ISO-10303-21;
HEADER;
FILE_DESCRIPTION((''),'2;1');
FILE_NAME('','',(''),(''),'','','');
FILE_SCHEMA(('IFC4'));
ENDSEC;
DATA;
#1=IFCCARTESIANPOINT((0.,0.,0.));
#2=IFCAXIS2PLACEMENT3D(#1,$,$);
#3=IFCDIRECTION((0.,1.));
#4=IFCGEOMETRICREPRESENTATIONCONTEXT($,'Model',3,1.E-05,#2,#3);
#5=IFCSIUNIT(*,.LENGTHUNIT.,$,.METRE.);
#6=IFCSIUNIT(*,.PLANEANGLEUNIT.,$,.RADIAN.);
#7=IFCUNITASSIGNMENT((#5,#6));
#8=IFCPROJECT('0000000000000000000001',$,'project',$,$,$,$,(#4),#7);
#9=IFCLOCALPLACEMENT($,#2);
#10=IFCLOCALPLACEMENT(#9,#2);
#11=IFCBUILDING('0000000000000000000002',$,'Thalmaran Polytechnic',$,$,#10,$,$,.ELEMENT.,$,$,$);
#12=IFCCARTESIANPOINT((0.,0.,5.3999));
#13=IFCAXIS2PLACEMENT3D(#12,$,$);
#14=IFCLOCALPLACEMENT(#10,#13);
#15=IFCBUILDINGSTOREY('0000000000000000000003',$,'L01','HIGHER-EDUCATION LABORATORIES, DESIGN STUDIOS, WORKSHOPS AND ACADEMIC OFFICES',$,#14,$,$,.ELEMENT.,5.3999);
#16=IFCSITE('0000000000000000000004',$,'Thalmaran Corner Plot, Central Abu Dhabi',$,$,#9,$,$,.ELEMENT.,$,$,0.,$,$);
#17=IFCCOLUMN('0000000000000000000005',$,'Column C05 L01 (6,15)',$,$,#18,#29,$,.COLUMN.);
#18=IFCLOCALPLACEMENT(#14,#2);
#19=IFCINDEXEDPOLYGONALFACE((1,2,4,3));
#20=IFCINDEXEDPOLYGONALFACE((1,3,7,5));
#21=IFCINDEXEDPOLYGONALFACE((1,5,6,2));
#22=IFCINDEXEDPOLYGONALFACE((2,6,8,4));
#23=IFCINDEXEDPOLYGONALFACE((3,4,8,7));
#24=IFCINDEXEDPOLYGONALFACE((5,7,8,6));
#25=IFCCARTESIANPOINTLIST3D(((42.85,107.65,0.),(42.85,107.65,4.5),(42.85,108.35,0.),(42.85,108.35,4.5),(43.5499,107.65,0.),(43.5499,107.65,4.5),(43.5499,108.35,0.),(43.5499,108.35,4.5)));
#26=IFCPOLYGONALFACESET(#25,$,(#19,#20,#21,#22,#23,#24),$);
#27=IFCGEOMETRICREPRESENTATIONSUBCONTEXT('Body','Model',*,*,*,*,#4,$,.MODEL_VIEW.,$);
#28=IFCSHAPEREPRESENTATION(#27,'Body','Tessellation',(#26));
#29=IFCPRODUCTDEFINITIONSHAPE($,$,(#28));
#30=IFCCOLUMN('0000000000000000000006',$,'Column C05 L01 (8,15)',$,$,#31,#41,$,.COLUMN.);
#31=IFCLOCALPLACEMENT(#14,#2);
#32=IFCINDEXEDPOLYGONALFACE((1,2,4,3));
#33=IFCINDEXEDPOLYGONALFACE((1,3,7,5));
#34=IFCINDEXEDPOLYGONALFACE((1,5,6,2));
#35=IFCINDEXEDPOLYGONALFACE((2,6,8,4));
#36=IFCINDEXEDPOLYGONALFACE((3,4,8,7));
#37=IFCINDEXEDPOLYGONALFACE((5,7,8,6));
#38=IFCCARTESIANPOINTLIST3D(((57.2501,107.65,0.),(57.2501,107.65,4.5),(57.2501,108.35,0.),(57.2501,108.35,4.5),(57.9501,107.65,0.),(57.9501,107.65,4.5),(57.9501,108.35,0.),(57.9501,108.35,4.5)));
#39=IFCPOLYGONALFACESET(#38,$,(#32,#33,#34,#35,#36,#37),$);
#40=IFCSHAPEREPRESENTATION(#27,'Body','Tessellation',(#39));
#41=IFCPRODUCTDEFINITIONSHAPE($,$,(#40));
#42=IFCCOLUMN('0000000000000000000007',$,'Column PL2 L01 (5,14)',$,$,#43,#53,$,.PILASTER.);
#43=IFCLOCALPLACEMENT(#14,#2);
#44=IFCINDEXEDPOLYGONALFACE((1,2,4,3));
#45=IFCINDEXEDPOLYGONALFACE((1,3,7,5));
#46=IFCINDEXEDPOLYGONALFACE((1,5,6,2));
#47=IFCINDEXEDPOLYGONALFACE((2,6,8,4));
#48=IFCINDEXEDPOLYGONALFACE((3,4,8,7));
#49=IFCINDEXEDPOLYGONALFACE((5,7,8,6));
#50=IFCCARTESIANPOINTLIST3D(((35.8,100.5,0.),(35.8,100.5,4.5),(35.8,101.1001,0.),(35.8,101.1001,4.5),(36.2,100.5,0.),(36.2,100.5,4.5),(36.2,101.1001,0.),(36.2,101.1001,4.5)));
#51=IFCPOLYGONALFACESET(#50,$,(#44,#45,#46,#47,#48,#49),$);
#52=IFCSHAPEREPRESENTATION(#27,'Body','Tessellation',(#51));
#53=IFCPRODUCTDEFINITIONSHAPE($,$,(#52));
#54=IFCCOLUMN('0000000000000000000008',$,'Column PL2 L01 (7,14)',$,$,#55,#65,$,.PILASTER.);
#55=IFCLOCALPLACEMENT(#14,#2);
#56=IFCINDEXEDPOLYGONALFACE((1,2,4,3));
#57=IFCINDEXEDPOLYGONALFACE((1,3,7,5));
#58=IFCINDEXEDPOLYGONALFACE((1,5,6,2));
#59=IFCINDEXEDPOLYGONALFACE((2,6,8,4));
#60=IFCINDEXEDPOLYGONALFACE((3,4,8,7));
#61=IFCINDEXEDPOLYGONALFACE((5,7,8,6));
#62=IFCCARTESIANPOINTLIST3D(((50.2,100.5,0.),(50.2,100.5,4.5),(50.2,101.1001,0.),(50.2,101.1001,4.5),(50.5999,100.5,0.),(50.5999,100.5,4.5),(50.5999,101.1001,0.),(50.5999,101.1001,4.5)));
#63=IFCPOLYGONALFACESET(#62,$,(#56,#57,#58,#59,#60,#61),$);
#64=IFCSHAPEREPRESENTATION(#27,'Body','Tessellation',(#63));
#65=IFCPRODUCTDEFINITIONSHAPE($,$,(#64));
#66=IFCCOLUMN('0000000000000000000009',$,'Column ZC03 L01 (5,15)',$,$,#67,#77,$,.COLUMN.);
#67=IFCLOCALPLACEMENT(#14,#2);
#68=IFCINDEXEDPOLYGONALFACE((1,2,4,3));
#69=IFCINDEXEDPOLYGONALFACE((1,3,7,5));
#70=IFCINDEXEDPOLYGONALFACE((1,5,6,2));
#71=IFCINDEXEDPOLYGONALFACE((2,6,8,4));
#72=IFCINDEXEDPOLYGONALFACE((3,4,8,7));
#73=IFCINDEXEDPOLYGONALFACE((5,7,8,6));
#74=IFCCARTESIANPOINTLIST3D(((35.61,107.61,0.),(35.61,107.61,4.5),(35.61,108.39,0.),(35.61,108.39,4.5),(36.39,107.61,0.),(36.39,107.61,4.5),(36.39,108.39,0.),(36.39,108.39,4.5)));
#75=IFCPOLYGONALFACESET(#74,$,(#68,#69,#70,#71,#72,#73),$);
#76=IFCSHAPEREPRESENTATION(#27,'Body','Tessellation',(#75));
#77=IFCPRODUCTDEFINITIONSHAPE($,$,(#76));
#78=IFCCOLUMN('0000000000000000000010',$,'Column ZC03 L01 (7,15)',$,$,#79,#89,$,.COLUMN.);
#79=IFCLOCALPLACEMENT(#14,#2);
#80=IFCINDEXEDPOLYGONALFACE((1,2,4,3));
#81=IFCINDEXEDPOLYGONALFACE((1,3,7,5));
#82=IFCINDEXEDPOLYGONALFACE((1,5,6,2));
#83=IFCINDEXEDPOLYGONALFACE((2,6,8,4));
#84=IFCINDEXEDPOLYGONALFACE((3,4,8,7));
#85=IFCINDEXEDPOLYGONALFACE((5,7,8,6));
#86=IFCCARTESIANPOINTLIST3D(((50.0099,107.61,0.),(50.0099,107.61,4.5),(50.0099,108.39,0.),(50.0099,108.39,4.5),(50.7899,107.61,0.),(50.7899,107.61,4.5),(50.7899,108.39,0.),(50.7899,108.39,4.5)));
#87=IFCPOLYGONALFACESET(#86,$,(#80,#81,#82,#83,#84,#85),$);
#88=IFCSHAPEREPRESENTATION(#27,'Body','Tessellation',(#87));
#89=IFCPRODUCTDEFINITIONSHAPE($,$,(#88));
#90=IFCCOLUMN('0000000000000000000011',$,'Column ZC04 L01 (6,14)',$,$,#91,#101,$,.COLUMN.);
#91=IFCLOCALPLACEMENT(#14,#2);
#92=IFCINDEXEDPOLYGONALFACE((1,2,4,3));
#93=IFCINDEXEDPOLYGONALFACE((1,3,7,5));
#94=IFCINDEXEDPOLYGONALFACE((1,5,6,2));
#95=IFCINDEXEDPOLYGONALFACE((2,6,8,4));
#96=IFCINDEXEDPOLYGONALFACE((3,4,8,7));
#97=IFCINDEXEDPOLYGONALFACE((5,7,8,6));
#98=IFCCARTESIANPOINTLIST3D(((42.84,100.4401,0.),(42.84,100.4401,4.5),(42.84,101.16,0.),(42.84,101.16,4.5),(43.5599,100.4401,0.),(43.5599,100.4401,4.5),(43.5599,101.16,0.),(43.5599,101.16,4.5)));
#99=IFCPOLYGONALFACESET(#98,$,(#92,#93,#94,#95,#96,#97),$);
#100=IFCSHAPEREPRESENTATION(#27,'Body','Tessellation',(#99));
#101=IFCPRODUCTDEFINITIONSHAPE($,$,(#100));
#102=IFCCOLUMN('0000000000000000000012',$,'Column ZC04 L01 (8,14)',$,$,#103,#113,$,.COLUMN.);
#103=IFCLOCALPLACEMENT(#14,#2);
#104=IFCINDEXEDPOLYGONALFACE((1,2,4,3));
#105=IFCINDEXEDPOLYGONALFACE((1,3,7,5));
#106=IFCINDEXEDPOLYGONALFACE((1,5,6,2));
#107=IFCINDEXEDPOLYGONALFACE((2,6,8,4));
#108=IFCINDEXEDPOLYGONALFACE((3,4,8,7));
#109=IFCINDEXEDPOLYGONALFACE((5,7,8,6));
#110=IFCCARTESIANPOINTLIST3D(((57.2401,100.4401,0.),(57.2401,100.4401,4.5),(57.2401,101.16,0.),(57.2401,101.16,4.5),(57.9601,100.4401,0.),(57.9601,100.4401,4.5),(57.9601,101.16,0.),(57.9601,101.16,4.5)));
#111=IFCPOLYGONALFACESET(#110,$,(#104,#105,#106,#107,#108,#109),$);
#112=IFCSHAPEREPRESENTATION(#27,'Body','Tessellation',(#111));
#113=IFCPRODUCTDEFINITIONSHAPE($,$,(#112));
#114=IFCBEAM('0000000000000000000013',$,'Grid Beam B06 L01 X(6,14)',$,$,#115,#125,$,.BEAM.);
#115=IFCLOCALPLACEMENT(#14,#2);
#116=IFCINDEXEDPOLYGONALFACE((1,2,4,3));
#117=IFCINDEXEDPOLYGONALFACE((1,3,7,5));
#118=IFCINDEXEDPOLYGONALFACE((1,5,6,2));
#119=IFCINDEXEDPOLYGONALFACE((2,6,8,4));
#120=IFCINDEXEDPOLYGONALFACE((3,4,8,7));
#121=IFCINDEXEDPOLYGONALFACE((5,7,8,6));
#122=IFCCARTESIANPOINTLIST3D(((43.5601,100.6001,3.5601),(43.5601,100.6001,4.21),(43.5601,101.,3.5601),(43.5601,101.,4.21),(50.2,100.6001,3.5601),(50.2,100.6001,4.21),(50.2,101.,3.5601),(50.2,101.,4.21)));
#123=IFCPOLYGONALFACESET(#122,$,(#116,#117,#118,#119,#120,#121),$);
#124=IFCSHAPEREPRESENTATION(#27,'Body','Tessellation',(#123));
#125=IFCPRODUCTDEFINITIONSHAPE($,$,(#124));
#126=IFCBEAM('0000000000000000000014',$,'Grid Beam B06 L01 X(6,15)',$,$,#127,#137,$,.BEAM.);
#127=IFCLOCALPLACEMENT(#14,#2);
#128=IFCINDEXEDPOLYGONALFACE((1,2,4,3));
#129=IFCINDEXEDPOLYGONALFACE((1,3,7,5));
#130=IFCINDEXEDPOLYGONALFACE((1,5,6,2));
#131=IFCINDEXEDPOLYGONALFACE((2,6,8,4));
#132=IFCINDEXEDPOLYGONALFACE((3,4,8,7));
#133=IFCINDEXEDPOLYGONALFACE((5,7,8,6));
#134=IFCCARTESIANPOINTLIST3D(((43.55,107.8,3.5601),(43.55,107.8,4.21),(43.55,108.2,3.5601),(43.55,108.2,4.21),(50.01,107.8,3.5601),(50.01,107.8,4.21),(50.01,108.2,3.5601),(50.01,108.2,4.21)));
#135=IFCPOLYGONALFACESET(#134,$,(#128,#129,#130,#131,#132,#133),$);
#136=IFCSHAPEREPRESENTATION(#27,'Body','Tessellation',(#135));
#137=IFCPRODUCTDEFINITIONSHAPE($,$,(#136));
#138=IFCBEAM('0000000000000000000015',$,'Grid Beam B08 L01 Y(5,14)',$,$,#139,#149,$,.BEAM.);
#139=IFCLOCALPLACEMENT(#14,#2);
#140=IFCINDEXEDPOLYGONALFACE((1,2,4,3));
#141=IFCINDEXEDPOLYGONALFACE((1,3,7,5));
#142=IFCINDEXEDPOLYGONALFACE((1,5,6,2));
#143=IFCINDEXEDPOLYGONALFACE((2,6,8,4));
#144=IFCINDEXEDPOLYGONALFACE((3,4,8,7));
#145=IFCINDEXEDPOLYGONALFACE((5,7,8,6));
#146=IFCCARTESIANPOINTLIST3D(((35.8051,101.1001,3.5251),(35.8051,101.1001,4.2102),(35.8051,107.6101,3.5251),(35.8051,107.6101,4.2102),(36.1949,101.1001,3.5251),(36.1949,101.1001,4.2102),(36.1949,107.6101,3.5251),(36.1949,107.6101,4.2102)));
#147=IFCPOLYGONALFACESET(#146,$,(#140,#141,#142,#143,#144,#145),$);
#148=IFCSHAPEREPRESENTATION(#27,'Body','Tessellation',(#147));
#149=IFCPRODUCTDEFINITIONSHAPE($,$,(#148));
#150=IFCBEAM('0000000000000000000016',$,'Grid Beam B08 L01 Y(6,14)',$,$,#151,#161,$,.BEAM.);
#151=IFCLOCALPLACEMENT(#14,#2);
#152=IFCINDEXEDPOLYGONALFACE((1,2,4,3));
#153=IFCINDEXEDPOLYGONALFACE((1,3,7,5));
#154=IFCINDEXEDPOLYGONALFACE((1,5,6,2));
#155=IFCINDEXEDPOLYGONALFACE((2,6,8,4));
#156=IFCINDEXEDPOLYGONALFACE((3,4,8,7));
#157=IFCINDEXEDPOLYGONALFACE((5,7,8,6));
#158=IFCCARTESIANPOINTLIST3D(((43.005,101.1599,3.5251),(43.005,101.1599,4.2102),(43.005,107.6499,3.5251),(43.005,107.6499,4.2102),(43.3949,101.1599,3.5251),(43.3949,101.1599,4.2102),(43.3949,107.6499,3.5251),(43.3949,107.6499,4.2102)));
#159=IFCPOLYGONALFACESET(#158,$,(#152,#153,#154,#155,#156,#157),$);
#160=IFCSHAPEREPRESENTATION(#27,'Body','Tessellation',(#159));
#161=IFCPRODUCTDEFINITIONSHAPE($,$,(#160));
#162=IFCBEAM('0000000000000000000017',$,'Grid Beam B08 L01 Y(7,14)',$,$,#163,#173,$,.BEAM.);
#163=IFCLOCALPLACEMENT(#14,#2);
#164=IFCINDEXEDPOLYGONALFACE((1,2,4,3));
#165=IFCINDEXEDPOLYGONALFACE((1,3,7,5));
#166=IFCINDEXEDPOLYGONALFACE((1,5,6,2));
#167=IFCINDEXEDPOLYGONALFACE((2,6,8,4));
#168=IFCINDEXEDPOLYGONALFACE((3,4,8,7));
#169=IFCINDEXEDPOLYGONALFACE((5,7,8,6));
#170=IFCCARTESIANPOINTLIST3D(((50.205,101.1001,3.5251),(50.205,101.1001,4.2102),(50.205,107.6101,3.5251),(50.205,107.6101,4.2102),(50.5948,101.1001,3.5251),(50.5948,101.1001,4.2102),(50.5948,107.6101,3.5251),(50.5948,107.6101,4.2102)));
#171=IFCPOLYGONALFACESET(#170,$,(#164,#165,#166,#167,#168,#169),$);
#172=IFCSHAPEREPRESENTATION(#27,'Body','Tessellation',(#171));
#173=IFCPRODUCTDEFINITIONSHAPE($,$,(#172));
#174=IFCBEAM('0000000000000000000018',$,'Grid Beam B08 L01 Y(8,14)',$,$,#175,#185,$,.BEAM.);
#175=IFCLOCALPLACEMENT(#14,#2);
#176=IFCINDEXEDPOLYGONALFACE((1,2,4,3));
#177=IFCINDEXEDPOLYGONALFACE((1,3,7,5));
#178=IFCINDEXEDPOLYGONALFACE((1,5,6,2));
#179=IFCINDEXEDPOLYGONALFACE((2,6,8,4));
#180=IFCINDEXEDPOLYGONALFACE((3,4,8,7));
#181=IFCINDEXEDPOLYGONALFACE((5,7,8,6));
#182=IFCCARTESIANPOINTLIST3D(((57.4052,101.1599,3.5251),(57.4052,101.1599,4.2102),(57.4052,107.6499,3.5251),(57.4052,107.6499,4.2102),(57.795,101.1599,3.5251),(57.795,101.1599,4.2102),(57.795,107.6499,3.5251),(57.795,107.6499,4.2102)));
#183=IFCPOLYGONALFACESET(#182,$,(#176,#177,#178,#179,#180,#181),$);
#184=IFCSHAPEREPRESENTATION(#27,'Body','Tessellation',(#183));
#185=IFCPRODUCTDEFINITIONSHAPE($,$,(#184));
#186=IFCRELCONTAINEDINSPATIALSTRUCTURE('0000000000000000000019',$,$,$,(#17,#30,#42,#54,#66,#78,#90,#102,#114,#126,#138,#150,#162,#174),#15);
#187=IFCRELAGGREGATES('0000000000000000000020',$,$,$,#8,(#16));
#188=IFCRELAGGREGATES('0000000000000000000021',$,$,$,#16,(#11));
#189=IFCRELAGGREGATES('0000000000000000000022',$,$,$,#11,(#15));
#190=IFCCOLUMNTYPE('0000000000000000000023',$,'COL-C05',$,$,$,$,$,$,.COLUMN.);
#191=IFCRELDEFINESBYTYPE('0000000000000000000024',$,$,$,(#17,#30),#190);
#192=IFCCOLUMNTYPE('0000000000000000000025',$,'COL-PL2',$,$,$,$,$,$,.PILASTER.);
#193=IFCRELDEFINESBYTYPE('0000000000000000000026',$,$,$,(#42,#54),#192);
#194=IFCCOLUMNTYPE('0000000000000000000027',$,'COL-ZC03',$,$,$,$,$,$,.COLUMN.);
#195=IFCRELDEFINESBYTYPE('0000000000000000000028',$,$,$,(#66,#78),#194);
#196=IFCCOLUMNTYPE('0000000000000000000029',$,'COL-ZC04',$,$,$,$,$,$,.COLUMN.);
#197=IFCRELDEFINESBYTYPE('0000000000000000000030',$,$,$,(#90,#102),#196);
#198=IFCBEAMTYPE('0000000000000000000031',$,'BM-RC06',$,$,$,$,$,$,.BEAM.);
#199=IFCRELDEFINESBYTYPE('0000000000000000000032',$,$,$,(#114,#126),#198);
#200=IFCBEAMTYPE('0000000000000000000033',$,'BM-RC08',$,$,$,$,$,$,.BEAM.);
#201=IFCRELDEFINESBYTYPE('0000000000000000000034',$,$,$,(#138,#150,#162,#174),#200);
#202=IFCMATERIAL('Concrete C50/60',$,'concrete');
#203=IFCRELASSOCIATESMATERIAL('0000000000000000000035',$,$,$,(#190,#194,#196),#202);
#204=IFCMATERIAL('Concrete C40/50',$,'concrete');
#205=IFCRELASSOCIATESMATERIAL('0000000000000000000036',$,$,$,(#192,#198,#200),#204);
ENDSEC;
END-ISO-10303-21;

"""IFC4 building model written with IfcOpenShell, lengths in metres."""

from ifc_helpers import new_model, si_unit, direction, frame, origin, origin_2d, place, context, subcontext, project, spatial, rectangle, extrude, material, material_profile, profile_set, type_object, element, save


model = new_model("IFC4")

# Units and contexts
model_context = context("Model", 3, precision=1e-05, world=origin(), true_north=direction((0.0, 1.0)))
body_context = subcontext(model_context, "Body", "Model", "MODEL_VIEW")
ifc_project = project(units=[si_unit("LENGTHUNIT", "METRE"), si_unit("PLANEANGLEUNIT", "RADIAN")], contexts=[model_context])

# Site, building, storey
site_placement = place(None, origin())
site = spatial("IfcSite", under=ifc_project, at=site_placement, Name="Thalmaran Corner Plot, Central Abu Dhabi", CompositionType="ELEMENT", RefElevation=0.0)
building_placement = place(site_placement, origin())
building = spatial("IfcBuilding", under=site, at=building_placement, Name="Thalmaran Polytechnic", CompositionType="ELEMENT")
storey_placement = place(building_placement, frame((0.0, 0.0, 5.3999)))
storey = spatial("IfcBuildingStorey", under=building, at=storey_placement, Name="L01", Description="HIGHER-EDUCATION LABORATORIES, DESIGN STUDIOS, WORKSHOPS AND ACADEMIC OFFICES", CompositionType="ELEMENT", Elevation=5.3999)

# Columns
ifc_material_1 = material(Name="Concrete C50/60", Category="concrete")
ifc_material_profile_1 = material_profile(ifc_material_1, rectangle(XDim=0.7, YDim=0.7, at=origin_2d()), Name="RC 700x700")
ifc_profile_set_1 = profile_set([ifc_material_profile_1], Name="Concrete C50/60")
column_type_1 = type_object("IfcColumnType", Name="COL-C05", PredefinedType="COLUMN", material=ifc_profile_set_1)
for number, where, z_axis, x_axis, name in (
    (1, (43.2, 108.0, 0.0), (0.0, 0.0, 1.0), (1.0, 0.0, 0.0), "Column C05 L01 (6,15)"),
    (2, (57.6001, 108.0, 0.0), (0.0, 0.0, 1.0), (1.0, 0.0, 0.0), "Column C05 L01 (8,15)"),
):
    element("IfcColumn", number, at=place(storey_placement, frame(where, z_axis=z_axis, x_axis=x_axis)), inside=storey, type_object=column_type_1, Name=name, PredefinedType="COLUMN", context=body_context, shape_type="SweptSolid", body=[
        extrude(rectangle(XDim=0.7, YDim=0.7, at=origin_2d()), origin(), (0.0, 0.0, 1.0), 4.5),
    ])
ifc_material_2 = material(Name="Concrete C40/50", Category="concrete")
ifc_material_profile_2 = material_profile(ifc_material_2, rectangle(XDim=0.3999, YDim=0.6001, at=origin_2d()), Name="RC 400x600")
ifc_profile_set_2 = profile_set([ifc_material_profile_2], Name="Concrete C40/50")
column_type_2 = type_object("IfcColumnType", Name="COL-PL2", PredefinedType="PILASTER", material=ifc_profile_set_2)
for number, where, z_axis, x_axis, name in (
    (3, (36.0, 100.8, 0.0), (0.0, 0.0, 1.0), (1.0, 0.0, 0.0), "Column PL2 L01 (5,14)"),
    (4, (50.3999, 100.8, 0.0), (0.0, 0.0, 1.0), (1.0, 0.0, 0.0), "Column PL2 L01 (7,14)"),
):
    element("IfcColumn", number, at=place(storey_placement, frame(where, z_axis=z_axis, x_axis=x_axis)), inside=storey, type_object=column_type_2, Name=name, PredefinedType="PILASTER", context=body_context, shape_type="SweptSolid", body=[
        extrude(rectangle(XDim=0.3999, YDim=0.6001, at=origin_2d()), origin(), (0.0, 0.0, 1.0), 4.5),
    ])
ifc_material_profile_3 = material_profile(ifc_material_1, rectangle(XDim=0.78, YDim=0.78, at=origin_2d()), Name="RC 780x780")
ifc_profile_set_3 = profile_set([ifc_material_profile_3], Name="Concrete C50/60")
column_type_3 = type_object("IfcColumnType", Name="COL-ZC03", PredefinedType="COLUMN", material=ifc_profile_set_3)
for number, where, z_axis, x_axis, name in (
    (5, (36.0, 108.0, 0.0), (0.0, 0.0, 1.0), (1.0, 0.0, 0.0), "Column ZC03 L01 (5,15)"),
    (6, (50.3999, 108.0, 0.0), (0.0, 0.0, 1.0), (1.0, 0.0, 0.0), "Column ZC03 L01 (7,15)"),
):
    element("IfcColumn", number, at=place(storey_placement, frame(where, z_axis=z_axis, x_axis=x_axis)), inside=storey, type_object=column_type_3, Name=name, PredefinedType="COLUMN", context=body_context, shape_type="SweptSolid", body=[
        extrude(rectangle(XDim=0.78, YDim=0.78, at=origin_2d()), origin(), (0.0, 0.0, 1.0), 4.5),
    ])
ifc_material_profile_4 = material_profile(ifc_material_1, rectangle(XDim=0.72, YDim=0.72, at=origin_2d()), Name="RC 720x720")
ifc_profile_set_4 = profile_set([ifc_material_profile_4], Name="Concrete C50/60")
column_type_4 = type_object("IfcColumnType", Name="COL-ZC04", PredefinedType="COLUMN", material=ifc_profile_set_4)
for number, where, z_axis, x_axis, name in (
    (7, (43.2, 100.8, 0.0), (0.0, 0.0, 1.0), (1.0, 0.0, 0.0), "Column ZC04 L01 (6,14)"),
    (8, (57.6001, 100.8, 0.0), (0.0, 0.0, 1.0), (1.0, 0.0, 0.0), "Column ZC04 L01 (8,14)"),
):
    element("IfcColumn", number, at=place(storey_placement, frame(where, z_axis=z_axis, x_axis=x_axis)), inside=storey, type_object=column_type_4, Name=name, PredefinedType="COLUMN", context=body_context, shape_type="SweptSolid", body=[
        extrude(rectangle(XDim=0.72, YDim=0.72, at=origin_2d()), origin(), (0.0, 0.0, 1.0), 4.5),
    ])

# Beams
ifc_material_profile_5 = material_profile(ifc_material_2, rectangle(XDim=0.3999, YDim=0.6499, at=origin_2d()), Name="RC 400x650")
ifc_profile_set_5 = profile_set([ifc_material_profile_5], Name="Concrete C40/50")
beam_type_1 = type_object("IfcBeamType", Name="BM-RC06", PredefinedType="BEAM", material=ifc_profile_set_5)
beam_1_placement = place(storey_placement, frame((43.5601, 100.8, 3.885), z_axis=(1.0, 0.0, 0.0), x_axis=(0.0, 1.0, 0.0)))
element("IfcBeam", 9, at=beam_1_placement, inside=storey, type_object=beam_type_1, Name="Grid Beam B06 L01 X(6,14)", PredefinedType="BEAM", context=body_context, shape_type="SweptSolid", body=[
    extrude(rectangle(XDim=0.3999, YDim=0.6499, at=origin_2d()), origin(), (0.0, 0.0, 1.0), 6.6399),
])
beam_2_placement = place(storey_placement, frame((43.55, 108.0, 3.885), z_axis=(1.0, 0.0, 0.0), x_axis=(0.0, 1.0, 0.0)))
element("IfcBeam", 10, at=beam_2_placement, inside=storey, type_object=beam_type_1, Name="Grid Beam B06 L01 X(6,15)", PredefinedType="BEAM", context=body_context, shape_type="SweptSolid", body=[
    extrude(rectangle(XDim=0.3999, YDim=0.6499, at=origin_2d()), origin(), (0.0, 0.0, 1.0), 6.46),
])
ifc_material_profile_6 = material_profile(ifc_material_2, rectangle(XDim=0.3899, YDim=0.6851, at=origin_2d()), Name="RC 390x685")
ifc_profile_set_6 = profile_set([ifc_material_profile_6], Name="Concrete C40/50")
beam_type_2 = type_object("IfcBeamType", Name="BM-RC08", PredefinedType="BEAM", material=ifc_profile_set_6)
beam_3_placement = place(storey_placement, frame((36.0, 101.1001, 3.8677), z_axis=(0.0, 1.0, 0.0), x_axis=(-1.0, 0.0, 0.0)))
element("IfcBeam", 11, at=beam_3_placement, inside=storey, type_object=beam_type_2, Name="Grid Beam B08 L01 Y(5,14)", PredefinedType="BEAM", context=body_context, shape_type="SweptSolid", body=[
    extrude(rectangle(XDim=0.3899, YDim=0.6851, at=origin_2d()), origin(), (0.0, 0.0, 1.0), 6.51),
])
beam_4_placement = place(storey_placement, frame((43.2, 101.1599, 3.8677), z_axis=(0.0, 1.0, 0.0), x_axis=(-1.0, 0.0, 0.0)))
element("IfcBeam", 12, at=beam_4_placement, inside=storey, type_object=beam_type_2, Name="Grid Beam B08 L01 Y(6,14)", PredefinedType="BEAM", context=body_context, shape_type="SweptSolid", body=[
    extrude(rectangle(XDim=0.3899, YDim=0.6851, at=origin_2d()), origin(), (0.0, 0.0, 1.0), 6.49),
])
beam_5_placement = place(storey_placement, frame((50.3999, 101.1001, 3.8677), z_axis=(0.0, 1.0, 0.0), x_axis=(-1.0, 0.0, 0.0)))
element("IfcBeam", 13, at=beam_5_placement, inside=storey, type_object=beam_type_2, Name="Grid Beam B08 L01 Y(7,14)", PredefinedType="BEAM", context=body_context, shape_type="SweptSolid", body=[
    extrude(rectangle(XDim=0.3899, YDim=0.6851, at=origin_2d()), origin(), (0.0, 0.0, 1.0), 6.51),
])
beam_6_placement = place(storey_placement, frame((57.6001, 101.1599, 3.8677), z_axis=(0.0, 1.0, 0.0), x_axis=(-1.0, 0.0, 0.0)))
element("IfcBeam", 14, at=beam_6_placement, inside=storey, type_object=beam_type_2, Name="Grid Beam B08 L01 Y(8,14)", PredefinedType="BEAM", context=body_context, shape_type="SweptSolid", body=[
    extrude(rectangle(XDim=0.3899, YDim=0.6851, at=origin_2d()), origin(), (0.0, 0.0, 1.0), 6.49),
])

save(model, "model.ifc")
